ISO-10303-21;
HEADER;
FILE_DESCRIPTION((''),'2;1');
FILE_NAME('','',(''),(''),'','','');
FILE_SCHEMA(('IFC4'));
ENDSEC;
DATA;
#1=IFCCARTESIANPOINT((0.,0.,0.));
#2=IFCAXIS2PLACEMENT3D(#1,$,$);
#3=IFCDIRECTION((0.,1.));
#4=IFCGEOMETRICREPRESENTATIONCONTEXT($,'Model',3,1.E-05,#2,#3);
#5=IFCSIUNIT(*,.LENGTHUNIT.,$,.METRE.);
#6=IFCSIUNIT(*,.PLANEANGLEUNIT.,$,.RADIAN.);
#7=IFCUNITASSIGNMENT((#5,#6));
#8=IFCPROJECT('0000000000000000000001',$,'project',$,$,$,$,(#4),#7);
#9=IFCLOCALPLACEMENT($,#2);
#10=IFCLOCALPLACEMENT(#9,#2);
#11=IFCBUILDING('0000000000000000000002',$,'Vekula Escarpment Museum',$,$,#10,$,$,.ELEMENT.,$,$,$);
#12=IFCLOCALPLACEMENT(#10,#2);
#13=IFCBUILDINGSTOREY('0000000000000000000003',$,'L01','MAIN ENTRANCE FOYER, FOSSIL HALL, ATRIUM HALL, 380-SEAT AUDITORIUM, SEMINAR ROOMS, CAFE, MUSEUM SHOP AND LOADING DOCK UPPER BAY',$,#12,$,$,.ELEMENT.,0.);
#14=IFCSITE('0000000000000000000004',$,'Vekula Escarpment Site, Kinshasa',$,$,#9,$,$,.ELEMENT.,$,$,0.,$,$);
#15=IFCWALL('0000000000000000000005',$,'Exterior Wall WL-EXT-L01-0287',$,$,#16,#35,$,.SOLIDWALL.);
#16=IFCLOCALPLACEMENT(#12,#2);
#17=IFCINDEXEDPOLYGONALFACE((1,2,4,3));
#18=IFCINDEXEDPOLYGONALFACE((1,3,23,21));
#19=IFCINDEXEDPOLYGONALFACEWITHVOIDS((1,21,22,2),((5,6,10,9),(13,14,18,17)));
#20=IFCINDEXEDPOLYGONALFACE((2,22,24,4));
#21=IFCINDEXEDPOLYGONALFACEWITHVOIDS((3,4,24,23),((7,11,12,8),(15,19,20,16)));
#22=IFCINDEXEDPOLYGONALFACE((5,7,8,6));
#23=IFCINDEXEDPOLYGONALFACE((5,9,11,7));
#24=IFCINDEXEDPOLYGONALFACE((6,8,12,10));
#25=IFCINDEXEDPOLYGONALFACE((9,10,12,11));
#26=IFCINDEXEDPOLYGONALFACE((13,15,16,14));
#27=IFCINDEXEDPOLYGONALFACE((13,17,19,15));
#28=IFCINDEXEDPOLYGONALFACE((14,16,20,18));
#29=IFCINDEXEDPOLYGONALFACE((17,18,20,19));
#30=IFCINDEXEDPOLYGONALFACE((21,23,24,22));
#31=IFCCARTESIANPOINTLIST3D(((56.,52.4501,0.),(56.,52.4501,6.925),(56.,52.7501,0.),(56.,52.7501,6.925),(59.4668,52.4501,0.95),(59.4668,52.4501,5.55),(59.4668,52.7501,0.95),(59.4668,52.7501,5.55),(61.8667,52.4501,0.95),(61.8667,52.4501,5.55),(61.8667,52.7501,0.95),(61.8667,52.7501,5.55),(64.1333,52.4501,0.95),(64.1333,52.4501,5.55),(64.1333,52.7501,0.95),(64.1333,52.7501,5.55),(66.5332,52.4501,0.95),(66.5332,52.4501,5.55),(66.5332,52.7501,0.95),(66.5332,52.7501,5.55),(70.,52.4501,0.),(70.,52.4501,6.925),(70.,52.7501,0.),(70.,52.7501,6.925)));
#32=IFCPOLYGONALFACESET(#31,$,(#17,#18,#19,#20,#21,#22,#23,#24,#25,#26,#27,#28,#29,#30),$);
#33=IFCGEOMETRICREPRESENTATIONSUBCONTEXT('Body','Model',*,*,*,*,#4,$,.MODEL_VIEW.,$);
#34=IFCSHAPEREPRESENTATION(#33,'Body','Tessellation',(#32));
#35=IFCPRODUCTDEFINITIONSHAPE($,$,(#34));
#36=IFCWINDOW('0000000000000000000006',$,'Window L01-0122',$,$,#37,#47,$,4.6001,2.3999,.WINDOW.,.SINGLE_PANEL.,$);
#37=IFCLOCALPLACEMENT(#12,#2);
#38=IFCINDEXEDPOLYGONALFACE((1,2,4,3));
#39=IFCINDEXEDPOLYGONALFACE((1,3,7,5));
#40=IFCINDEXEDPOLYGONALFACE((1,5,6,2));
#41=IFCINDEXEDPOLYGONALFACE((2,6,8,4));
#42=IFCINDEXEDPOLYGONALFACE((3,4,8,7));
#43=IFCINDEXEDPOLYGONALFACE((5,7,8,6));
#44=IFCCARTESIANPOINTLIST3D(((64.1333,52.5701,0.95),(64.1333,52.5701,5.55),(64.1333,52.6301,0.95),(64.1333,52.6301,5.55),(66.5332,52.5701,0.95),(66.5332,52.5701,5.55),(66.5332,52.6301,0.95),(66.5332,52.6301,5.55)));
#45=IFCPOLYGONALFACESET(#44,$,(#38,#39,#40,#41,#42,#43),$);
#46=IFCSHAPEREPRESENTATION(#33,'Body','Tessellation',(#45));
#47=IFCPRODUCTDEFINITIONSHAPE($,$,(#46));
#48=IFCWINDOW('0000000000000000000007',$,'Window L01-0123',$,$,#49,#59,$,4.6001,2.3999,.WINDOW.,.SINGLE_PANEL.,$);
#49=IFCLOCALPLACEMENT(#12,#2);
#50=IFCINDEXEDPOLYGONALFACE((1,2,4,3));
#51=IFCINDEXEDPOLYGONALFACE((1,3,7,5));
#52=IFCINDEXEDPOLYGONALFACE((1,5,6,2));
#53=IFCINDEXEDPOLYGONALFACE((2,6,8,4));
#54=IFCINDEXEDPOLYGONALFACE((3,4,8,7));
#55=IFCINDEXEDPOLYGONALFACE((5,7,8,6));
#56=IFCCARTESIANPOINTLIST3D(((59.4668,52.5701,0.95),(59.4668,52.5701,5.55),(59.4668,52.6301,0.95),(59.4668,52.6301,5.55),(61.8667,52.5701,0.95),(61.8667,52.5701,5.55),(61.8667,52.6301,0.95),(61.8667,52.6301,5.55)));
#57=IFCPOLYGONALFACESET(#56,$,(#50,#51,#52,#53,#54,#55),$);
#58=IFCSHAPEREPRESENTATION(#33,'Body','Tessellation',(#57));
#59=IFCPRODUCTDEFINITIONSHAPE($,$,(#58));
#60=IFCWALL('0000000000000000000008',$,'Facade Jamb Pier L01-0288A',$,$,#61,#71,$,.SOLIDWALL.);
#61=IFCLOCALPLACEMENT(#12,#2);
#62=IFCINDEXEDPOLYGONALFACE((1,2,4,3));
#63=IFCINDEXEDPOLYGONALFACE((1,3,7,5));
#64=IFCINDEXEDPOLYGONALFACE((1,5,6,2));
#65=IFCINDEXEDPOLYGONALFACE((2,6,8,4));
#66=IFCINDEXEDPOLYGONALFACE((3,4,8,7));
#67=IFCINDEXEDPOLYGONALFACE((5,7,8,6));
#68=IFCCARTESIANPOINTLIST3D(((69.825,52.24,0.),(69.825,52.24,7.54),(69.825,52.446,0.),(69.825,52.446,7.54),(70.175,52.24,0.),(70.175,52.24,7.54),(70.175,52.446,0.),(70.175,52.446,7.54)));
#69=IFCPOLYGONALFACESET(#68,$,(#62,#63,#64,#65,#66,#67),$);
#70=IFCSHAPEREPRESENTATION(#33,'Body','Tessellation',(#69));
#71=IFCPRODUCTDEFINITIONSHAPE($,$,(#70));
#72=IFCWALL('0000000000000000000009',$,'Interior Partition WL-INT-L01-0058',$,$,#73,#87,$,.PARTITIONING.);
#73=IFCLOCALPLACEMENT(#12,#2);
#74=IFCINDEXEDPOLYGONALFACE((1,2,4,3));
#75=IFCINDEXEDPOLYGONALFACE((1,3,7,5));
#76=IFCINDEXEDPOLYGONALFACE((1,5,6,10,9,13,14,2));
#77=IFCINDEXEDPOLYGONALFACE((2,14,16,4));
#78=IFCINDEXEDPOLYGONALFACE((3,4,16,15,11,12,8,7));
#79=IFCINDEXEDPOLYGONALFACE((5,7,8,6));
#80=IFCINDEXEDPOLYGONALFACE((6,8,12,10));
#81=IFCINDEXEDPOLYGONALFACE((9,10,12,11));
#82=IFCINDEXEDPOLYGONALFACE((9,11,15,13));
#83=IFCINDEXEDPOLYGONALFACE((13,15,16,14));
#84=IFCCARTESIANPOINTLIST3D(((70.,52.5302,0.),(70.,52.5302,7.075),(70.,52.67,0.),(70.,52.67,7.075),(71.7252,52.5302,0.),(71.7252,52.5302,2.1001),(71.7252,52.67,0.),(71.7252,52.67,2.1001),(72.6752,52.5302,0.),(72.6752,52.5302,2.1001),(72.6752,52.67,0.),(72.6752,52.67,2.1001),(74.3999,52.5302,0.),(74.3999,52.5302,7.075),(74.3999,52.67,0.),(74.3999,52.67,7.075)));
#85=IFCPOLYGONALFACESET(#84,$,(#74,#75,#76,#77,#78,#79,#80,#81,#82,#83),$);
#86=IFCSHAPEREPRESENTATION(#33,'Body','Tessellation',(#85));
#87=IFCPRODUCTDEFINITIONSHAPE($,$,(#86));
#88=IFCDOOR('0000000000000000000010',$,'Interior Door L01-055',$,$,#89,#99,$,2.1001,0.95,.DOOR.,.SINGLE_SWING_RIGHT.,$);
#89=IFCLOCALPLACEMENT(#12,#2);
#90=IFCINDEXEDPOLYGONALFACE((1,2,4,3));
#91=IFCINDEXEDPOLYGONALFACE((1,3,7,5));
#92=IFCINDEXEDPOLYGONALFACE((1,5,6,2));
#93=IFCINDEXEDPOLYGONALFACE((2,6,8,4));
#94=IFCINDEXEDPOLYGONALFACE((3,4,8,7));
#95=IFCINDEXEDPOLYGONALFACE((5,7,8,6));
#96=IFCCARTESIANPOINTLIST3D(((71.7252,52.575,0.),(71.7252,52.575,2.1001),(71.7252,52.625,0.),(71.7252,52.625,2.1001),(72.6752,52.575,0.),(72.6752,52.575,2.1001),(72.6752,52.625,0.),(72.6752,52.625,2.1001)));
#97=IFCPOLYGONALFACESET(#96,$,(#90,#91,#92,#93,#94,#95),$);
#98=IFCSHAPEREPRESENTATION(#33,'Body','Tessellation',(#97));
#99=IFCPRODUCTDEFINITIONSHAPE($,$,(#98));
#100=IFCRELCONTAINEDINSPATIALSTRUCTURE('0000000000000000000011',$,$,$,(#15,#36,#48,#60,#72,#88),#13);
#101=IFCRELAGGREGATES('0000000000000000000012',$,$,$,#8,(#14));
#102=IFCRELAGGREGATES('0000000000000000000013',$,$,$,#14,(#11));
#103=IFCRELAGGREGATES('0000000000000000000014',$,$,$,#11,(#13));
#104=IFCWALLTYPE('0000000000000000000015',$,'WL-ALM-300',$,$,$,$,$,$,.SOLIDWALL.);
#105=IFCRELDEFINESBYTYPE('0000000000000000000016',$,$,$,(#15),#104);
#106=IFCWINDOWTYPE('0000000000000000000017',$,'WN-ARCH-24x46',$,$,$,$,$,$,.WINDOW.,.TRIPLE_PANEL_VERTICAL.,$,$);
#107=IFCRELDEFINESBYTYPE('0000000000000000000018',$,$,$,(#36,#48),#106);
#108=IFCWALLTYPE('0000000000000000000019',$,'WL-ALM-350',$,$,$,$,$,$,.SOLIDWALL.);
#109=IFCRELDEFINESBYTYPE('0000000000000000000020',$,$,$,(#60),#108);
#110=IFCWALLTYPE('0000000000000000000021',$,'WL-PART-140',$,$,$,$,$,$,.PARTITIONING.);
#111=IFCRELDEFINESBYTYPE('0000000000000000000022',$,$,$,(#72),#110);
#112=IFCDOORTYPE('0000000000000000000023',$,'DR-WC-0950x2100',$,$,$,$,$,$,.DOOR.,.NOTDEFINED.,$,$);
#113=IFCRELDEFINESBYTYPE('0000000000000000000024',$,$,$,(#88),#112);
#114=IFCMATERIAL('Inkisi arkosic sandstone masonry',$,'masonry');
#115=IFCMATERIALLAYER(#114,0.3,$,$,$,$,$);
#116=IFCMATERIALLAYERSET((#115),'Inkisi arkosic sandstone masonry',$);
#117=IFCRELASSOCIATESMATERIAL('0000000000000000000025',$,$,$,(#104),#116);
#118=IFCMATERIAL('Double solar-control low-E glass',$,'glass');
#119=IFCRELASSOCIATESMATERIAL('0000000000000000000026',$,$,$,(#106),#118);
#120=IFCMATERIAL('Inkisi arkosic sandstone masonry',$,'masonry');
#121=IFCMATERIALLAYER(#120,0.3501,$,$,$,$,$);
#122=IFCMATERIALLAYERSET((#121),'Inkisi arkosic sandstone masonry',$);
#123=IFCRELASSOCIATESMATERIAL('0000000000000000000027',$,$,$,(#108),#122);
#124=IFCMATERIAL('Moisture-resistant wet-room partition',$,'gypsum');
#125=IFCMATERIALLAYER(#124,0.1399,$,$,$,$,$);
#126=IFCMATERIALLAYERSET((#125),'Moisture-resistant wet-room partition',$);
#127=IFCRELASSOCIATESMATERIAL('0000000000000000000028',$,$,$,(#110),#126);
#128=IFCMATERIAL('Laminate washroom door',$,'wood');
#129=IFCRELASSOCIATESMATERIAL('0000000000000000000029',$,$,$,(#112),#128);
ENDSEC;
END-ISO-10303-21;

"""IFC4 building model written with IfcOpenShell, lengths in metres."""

from ifc_helpers import new_model, si_unit, direction, frame, frame_2d, origin, place, context, subcontext, project, spatial, rectangle, extrude, material, layer, layer_set, type_object, element, fill, save


model = new_model("IFC4")

# Units and contexts
model_context = context("Model", 3, precision=1e-05, world=origin(), true_north=direction((0.0, 1.0)))
body_context = subcontext(model_context, "Body", "Model", "MODEL_VIEW")
ifc_project = project(units=[si_unit("LENGTHUNIT", "METRE"), si_unit("PLANEANGLEUNIT", "RADIAN")], contexts=[model_context])

# Site, building, storey
site_placement = place(None, origin())
site = spatial("IfcSite", under=ifc_project, at=site_placement, Name="Vekula Escarpment Site, Kinshasa", CompositionType="ELEMENT", RefElevation=0.0)
building_placement = place(site_placement, origin())
building = spatial("IfcBuilding", under=site, at=building_placement, Name="Vekula Escarpment Museum", CompositionType="ELEMENT")
storey_placement = place(building_placement, origin())
storey = spatial("IfcBuildingStorey", under=building, at=storey_placement, Name="L01", Description="MAIN ENTRANCE FOYER, FOSSIL HALL, ATRIUM HALL, 380-SEAT AUDITORIUM, SEMINAR ROOMS, CAFE, MUSEUM SHOP AND LOADING DOCK UPPER BAY", CompositionType="ELEMENT", Elevation=0.0)

# Wall, openings, windows
ifc_material_1 = material(Name="Inkisi arkosic sandstone masonry", Category="masonry")
ifc_layer_1 = layer(ifc_material_1, 0.3)
ifc_layer_set_1 = layer_set([ifc_layer_1], Name="Inkisi arkosic sandstone masonry")
wall_type_1 = type_object("IfcWallType", Name="WL-ALM-300", PredefinedType="SOLIDWALL", material=ifc_layer_set_1)
wall_1_placement = place(storey_placement, frame((70.0, 52.6001, 0.0), z_axis=(0.0, 0.0, 1.0), x_axis=(-1.0, 0.0, 0.0)))
wall_1 = element("IfcWall", 1, at=wall_1_placement, inside=storey, type_object=wall_type_1, Name="Exterior Wall WL-EXT-L01-0287", PredefinedType="SOLIDWALL", context=body_context, shape_type="SweptSolid", body=[
    extrude(rectangle(XDim=14.0, YDim=0.3, at=frame_2d((7.0, 0.0))), origin(), (0.0, 0.0, 1.0), 6.925),
])
opening_1_placement = place(wall_1_placement, frame((3.4668, 0.0, 0.95)))
opening_1 = element("IfcOpeningElement", 2, at=opening_1_placement, cuts=wall_1, PredefinedType="OPENING", context=body_context, shape_type="SweptSolid", body=[
    extrude(rectangle(XDim=2.3999, YDim=4.6001, at=frame_2d((1.2, 2.3))), frame((0.0, 0.1599, 0.0), z_axis=(0.0, -1.0, 0.0), x_axis=(1.0, 0.0, 0.0)), (0.0, 0.0, 1.0), 0.3201),
])
opening_2_placement = place(wall_1_placement, frame((8.1333, 0.0, 0.95)))
opening_2 = element("IfcOpeningElement", 3, at=opening_2_placement, cuts=wall_1, PredefinedType="OPENING", context=body_context, shape_type="SweptSolid", body=[
    extrude(rectangle(XDim=2.3999, YDim=4.6001, at=frame_2d((1.2, 2.3))), frame((0.0, 0.1599, 0.0), z_axis=(0.0, -1.0, 0.0), x_axis=(1.0, 0.0, 0.0)), (0.0, 0.0, 1.0), 0.3201),
])
ifc_material_2 = material(Name="Double solar-control low-E glass", Category="glass")
window_type = type_object("IfcWindowType", Name="WN-ARCH-24x46", PartitioningType="TRIPLE_PANEL_VERTICAL", PredefinedType="WINDOW", material=ifc_material_2)
window_1_placement = place(opening_1_placement, origin())
window_1 = element("IfcWindow", 4, at=window_1_placement, inside=storey, type_object=window_type, Name="Window L01-0122", OverallHeight=4.6001, OverallWidth=2.3999, PartitioningType="SINGLE_PANEL", PredefinedType="WINDOW", context=body_context, shape_type="SweptSolid", body=[
    extrude(rectangle(XDim=2.3999, YDim=4.6001, at=frame_2d((1.2, 2.3))), frame((0.0, 0.03, 0.0), z_axis=(0.0, -1.0, 0.0), x_axis=(1.0, 0.0, 0.0)), (0.0, 0.0, 1.0), 0.0601),
])
fill(opening_1, window_1)
window_2_placement = place(opening_2_placement, origin())
window_2 = element("IfcWindow", 5, at=window_2_placement, inside=storey, type_object=window_type, Name="Window L01-0123", OverallHeight=4.6001, OverallWidth=2.3999, PartitioningType="SINGLE_PANEL", PredefinedType="WINDOW", context=body_context, shape_type="SweptSolid", body=[
    extrude(rectangle(XDim=2.3999, YDim=4.6001, at=frame_2d((1.2, 2.3))), frame((0.0, 0.03, 0.0), z_axis=(0.0, -1.0, 0.0), x_axis=(1.0, 0.0, 0.0)), (0.0, 0.0, 1.0), 0.0601),
])
fill(opening_2, window_2)

# Wall
ifc_material_3 = material(Name="Inkisi arkosic sandstone masonry", Category="masonry")
ifc_layer_2 = layer(ifc_material_3, 0.3501)
ifc_layer_set_2 = layer_set([ifc_layer_2], Name="Inkisi arkosic sandstone masonry")
wall_type_2 = type_object("IfcWallType", Name="WL-ALM-350", PredefinedType="SOLIDWALL", material=ifc_layer_set_2)
wall_2_placement = place(storey_placement, frame((70.0, 52.446, 0.0), z_axis=(0.0, 0.0, 1.0), x_axis=(0.0, -1.0, 0.0)))
element("IfcWall", 6, at=wall_2_placement, inside=storey, type_object=wall_type_2, Name="Facade Jamb Pier L01-0288A", PredefinedType="SOLIDWALL", context=body_context, shape_type="SweptSolid", body=[
    extrude(rectangle(XDim=0.2061, YDim=0.3501, at=frame_2d((0.103, 0.0))), origin(), (0.0, 0.0, 1.0), 7.54),
])

# Wall, opening, door
ifc_material_4 = material(Name="Moisture-resistant wet-room partition", Category="gypsum")
ifc_layer_3 = layer(ifc_material_4, 0.1399)
ifc_layer_set_3 = layer_set([ifc_layer_3], Name="Moisture-resistant wet-room partition")
wall_type_3 = type_object("IfcWallType", Name="WL-PART-140", PredefinedType="PARTITIONING", material=ifc_layer_set_3)
wall_3_placement = place(storey_placement, frame((70.0, 52.6001, 0.0), z_axis=(0.0, 0.0, 1.0), x_axis=(1.0, 0.0, 0.0)))
wall_3 = element("IfcWall", 7, at=wall_3_placement, inside=storey, type_object=wall_type_3, Name="Interior Partition WL-INT-L01-0058", PredefinedType="PARTITIONING", context=body_context, shape_type="SweptSolid", body=[
    extrude(rectangle(XDim=4.3999, YDim=0.1399, at=frame_2d((2.2, 0.0))), origin(), (0.0, 0.0, 1.0), 7.075),
])
opening_3_placement = place(wall_3_placement, frame((1.7251, 0.0, 0.0)))
opening_3 = element("IfcOpeningElement", 8, at=opening_3_placement, cuts=wall_3, PredefinedType="OPENING", context=body_context, shape_type="SweptSolid", body=[
    extrude(rectangle(XDim=0.95, YDim=2.1001, at=frame_2d((0.4751, 1.05))), frame((0.0, 0.0798, 0.0), z_axis=(0.0, -1.0, 0.0), x_axis=(1.0, 0.0, 0.0)), (0.0, 0.0, 1.0), 0.1599),
])
ifc_material_5 = material(Name="Laminate washroom door", Category="wood")
door_type = type_object("IfcDoorType", Name="DR-WC-0950x2100", OperationType="NOTDEFINED", PredefinedType="DOOR", material=ifc_material_5)
door_placement = place(opening_3_placement, origin())
door = element("IfcDoor", 9, at=door_placement, inside=storey, type_object=door_type, Name="Interior Door L01-055", OperationType="SINGLE_SWING_RIGHT", OverallHeight=2.1001, OverallWidth=0.95, PredefinedType="DOOR", context=body_context, shape_type="SweptSolid", body=[
    extrude(rectangle(XDim=0.95, YDim=2.1001, at=frame_2d((0.4751, 1.05))), frame((0.0, 0.0249, 0.0), z_axis=(0.0, -1.0, 0.0), x_axis=(1.0, 0.0, 0.0)), (0.0, 0.0, 1.0), 0.05),
])
fill(opening_3, door)

save(model, "model.ifc")
